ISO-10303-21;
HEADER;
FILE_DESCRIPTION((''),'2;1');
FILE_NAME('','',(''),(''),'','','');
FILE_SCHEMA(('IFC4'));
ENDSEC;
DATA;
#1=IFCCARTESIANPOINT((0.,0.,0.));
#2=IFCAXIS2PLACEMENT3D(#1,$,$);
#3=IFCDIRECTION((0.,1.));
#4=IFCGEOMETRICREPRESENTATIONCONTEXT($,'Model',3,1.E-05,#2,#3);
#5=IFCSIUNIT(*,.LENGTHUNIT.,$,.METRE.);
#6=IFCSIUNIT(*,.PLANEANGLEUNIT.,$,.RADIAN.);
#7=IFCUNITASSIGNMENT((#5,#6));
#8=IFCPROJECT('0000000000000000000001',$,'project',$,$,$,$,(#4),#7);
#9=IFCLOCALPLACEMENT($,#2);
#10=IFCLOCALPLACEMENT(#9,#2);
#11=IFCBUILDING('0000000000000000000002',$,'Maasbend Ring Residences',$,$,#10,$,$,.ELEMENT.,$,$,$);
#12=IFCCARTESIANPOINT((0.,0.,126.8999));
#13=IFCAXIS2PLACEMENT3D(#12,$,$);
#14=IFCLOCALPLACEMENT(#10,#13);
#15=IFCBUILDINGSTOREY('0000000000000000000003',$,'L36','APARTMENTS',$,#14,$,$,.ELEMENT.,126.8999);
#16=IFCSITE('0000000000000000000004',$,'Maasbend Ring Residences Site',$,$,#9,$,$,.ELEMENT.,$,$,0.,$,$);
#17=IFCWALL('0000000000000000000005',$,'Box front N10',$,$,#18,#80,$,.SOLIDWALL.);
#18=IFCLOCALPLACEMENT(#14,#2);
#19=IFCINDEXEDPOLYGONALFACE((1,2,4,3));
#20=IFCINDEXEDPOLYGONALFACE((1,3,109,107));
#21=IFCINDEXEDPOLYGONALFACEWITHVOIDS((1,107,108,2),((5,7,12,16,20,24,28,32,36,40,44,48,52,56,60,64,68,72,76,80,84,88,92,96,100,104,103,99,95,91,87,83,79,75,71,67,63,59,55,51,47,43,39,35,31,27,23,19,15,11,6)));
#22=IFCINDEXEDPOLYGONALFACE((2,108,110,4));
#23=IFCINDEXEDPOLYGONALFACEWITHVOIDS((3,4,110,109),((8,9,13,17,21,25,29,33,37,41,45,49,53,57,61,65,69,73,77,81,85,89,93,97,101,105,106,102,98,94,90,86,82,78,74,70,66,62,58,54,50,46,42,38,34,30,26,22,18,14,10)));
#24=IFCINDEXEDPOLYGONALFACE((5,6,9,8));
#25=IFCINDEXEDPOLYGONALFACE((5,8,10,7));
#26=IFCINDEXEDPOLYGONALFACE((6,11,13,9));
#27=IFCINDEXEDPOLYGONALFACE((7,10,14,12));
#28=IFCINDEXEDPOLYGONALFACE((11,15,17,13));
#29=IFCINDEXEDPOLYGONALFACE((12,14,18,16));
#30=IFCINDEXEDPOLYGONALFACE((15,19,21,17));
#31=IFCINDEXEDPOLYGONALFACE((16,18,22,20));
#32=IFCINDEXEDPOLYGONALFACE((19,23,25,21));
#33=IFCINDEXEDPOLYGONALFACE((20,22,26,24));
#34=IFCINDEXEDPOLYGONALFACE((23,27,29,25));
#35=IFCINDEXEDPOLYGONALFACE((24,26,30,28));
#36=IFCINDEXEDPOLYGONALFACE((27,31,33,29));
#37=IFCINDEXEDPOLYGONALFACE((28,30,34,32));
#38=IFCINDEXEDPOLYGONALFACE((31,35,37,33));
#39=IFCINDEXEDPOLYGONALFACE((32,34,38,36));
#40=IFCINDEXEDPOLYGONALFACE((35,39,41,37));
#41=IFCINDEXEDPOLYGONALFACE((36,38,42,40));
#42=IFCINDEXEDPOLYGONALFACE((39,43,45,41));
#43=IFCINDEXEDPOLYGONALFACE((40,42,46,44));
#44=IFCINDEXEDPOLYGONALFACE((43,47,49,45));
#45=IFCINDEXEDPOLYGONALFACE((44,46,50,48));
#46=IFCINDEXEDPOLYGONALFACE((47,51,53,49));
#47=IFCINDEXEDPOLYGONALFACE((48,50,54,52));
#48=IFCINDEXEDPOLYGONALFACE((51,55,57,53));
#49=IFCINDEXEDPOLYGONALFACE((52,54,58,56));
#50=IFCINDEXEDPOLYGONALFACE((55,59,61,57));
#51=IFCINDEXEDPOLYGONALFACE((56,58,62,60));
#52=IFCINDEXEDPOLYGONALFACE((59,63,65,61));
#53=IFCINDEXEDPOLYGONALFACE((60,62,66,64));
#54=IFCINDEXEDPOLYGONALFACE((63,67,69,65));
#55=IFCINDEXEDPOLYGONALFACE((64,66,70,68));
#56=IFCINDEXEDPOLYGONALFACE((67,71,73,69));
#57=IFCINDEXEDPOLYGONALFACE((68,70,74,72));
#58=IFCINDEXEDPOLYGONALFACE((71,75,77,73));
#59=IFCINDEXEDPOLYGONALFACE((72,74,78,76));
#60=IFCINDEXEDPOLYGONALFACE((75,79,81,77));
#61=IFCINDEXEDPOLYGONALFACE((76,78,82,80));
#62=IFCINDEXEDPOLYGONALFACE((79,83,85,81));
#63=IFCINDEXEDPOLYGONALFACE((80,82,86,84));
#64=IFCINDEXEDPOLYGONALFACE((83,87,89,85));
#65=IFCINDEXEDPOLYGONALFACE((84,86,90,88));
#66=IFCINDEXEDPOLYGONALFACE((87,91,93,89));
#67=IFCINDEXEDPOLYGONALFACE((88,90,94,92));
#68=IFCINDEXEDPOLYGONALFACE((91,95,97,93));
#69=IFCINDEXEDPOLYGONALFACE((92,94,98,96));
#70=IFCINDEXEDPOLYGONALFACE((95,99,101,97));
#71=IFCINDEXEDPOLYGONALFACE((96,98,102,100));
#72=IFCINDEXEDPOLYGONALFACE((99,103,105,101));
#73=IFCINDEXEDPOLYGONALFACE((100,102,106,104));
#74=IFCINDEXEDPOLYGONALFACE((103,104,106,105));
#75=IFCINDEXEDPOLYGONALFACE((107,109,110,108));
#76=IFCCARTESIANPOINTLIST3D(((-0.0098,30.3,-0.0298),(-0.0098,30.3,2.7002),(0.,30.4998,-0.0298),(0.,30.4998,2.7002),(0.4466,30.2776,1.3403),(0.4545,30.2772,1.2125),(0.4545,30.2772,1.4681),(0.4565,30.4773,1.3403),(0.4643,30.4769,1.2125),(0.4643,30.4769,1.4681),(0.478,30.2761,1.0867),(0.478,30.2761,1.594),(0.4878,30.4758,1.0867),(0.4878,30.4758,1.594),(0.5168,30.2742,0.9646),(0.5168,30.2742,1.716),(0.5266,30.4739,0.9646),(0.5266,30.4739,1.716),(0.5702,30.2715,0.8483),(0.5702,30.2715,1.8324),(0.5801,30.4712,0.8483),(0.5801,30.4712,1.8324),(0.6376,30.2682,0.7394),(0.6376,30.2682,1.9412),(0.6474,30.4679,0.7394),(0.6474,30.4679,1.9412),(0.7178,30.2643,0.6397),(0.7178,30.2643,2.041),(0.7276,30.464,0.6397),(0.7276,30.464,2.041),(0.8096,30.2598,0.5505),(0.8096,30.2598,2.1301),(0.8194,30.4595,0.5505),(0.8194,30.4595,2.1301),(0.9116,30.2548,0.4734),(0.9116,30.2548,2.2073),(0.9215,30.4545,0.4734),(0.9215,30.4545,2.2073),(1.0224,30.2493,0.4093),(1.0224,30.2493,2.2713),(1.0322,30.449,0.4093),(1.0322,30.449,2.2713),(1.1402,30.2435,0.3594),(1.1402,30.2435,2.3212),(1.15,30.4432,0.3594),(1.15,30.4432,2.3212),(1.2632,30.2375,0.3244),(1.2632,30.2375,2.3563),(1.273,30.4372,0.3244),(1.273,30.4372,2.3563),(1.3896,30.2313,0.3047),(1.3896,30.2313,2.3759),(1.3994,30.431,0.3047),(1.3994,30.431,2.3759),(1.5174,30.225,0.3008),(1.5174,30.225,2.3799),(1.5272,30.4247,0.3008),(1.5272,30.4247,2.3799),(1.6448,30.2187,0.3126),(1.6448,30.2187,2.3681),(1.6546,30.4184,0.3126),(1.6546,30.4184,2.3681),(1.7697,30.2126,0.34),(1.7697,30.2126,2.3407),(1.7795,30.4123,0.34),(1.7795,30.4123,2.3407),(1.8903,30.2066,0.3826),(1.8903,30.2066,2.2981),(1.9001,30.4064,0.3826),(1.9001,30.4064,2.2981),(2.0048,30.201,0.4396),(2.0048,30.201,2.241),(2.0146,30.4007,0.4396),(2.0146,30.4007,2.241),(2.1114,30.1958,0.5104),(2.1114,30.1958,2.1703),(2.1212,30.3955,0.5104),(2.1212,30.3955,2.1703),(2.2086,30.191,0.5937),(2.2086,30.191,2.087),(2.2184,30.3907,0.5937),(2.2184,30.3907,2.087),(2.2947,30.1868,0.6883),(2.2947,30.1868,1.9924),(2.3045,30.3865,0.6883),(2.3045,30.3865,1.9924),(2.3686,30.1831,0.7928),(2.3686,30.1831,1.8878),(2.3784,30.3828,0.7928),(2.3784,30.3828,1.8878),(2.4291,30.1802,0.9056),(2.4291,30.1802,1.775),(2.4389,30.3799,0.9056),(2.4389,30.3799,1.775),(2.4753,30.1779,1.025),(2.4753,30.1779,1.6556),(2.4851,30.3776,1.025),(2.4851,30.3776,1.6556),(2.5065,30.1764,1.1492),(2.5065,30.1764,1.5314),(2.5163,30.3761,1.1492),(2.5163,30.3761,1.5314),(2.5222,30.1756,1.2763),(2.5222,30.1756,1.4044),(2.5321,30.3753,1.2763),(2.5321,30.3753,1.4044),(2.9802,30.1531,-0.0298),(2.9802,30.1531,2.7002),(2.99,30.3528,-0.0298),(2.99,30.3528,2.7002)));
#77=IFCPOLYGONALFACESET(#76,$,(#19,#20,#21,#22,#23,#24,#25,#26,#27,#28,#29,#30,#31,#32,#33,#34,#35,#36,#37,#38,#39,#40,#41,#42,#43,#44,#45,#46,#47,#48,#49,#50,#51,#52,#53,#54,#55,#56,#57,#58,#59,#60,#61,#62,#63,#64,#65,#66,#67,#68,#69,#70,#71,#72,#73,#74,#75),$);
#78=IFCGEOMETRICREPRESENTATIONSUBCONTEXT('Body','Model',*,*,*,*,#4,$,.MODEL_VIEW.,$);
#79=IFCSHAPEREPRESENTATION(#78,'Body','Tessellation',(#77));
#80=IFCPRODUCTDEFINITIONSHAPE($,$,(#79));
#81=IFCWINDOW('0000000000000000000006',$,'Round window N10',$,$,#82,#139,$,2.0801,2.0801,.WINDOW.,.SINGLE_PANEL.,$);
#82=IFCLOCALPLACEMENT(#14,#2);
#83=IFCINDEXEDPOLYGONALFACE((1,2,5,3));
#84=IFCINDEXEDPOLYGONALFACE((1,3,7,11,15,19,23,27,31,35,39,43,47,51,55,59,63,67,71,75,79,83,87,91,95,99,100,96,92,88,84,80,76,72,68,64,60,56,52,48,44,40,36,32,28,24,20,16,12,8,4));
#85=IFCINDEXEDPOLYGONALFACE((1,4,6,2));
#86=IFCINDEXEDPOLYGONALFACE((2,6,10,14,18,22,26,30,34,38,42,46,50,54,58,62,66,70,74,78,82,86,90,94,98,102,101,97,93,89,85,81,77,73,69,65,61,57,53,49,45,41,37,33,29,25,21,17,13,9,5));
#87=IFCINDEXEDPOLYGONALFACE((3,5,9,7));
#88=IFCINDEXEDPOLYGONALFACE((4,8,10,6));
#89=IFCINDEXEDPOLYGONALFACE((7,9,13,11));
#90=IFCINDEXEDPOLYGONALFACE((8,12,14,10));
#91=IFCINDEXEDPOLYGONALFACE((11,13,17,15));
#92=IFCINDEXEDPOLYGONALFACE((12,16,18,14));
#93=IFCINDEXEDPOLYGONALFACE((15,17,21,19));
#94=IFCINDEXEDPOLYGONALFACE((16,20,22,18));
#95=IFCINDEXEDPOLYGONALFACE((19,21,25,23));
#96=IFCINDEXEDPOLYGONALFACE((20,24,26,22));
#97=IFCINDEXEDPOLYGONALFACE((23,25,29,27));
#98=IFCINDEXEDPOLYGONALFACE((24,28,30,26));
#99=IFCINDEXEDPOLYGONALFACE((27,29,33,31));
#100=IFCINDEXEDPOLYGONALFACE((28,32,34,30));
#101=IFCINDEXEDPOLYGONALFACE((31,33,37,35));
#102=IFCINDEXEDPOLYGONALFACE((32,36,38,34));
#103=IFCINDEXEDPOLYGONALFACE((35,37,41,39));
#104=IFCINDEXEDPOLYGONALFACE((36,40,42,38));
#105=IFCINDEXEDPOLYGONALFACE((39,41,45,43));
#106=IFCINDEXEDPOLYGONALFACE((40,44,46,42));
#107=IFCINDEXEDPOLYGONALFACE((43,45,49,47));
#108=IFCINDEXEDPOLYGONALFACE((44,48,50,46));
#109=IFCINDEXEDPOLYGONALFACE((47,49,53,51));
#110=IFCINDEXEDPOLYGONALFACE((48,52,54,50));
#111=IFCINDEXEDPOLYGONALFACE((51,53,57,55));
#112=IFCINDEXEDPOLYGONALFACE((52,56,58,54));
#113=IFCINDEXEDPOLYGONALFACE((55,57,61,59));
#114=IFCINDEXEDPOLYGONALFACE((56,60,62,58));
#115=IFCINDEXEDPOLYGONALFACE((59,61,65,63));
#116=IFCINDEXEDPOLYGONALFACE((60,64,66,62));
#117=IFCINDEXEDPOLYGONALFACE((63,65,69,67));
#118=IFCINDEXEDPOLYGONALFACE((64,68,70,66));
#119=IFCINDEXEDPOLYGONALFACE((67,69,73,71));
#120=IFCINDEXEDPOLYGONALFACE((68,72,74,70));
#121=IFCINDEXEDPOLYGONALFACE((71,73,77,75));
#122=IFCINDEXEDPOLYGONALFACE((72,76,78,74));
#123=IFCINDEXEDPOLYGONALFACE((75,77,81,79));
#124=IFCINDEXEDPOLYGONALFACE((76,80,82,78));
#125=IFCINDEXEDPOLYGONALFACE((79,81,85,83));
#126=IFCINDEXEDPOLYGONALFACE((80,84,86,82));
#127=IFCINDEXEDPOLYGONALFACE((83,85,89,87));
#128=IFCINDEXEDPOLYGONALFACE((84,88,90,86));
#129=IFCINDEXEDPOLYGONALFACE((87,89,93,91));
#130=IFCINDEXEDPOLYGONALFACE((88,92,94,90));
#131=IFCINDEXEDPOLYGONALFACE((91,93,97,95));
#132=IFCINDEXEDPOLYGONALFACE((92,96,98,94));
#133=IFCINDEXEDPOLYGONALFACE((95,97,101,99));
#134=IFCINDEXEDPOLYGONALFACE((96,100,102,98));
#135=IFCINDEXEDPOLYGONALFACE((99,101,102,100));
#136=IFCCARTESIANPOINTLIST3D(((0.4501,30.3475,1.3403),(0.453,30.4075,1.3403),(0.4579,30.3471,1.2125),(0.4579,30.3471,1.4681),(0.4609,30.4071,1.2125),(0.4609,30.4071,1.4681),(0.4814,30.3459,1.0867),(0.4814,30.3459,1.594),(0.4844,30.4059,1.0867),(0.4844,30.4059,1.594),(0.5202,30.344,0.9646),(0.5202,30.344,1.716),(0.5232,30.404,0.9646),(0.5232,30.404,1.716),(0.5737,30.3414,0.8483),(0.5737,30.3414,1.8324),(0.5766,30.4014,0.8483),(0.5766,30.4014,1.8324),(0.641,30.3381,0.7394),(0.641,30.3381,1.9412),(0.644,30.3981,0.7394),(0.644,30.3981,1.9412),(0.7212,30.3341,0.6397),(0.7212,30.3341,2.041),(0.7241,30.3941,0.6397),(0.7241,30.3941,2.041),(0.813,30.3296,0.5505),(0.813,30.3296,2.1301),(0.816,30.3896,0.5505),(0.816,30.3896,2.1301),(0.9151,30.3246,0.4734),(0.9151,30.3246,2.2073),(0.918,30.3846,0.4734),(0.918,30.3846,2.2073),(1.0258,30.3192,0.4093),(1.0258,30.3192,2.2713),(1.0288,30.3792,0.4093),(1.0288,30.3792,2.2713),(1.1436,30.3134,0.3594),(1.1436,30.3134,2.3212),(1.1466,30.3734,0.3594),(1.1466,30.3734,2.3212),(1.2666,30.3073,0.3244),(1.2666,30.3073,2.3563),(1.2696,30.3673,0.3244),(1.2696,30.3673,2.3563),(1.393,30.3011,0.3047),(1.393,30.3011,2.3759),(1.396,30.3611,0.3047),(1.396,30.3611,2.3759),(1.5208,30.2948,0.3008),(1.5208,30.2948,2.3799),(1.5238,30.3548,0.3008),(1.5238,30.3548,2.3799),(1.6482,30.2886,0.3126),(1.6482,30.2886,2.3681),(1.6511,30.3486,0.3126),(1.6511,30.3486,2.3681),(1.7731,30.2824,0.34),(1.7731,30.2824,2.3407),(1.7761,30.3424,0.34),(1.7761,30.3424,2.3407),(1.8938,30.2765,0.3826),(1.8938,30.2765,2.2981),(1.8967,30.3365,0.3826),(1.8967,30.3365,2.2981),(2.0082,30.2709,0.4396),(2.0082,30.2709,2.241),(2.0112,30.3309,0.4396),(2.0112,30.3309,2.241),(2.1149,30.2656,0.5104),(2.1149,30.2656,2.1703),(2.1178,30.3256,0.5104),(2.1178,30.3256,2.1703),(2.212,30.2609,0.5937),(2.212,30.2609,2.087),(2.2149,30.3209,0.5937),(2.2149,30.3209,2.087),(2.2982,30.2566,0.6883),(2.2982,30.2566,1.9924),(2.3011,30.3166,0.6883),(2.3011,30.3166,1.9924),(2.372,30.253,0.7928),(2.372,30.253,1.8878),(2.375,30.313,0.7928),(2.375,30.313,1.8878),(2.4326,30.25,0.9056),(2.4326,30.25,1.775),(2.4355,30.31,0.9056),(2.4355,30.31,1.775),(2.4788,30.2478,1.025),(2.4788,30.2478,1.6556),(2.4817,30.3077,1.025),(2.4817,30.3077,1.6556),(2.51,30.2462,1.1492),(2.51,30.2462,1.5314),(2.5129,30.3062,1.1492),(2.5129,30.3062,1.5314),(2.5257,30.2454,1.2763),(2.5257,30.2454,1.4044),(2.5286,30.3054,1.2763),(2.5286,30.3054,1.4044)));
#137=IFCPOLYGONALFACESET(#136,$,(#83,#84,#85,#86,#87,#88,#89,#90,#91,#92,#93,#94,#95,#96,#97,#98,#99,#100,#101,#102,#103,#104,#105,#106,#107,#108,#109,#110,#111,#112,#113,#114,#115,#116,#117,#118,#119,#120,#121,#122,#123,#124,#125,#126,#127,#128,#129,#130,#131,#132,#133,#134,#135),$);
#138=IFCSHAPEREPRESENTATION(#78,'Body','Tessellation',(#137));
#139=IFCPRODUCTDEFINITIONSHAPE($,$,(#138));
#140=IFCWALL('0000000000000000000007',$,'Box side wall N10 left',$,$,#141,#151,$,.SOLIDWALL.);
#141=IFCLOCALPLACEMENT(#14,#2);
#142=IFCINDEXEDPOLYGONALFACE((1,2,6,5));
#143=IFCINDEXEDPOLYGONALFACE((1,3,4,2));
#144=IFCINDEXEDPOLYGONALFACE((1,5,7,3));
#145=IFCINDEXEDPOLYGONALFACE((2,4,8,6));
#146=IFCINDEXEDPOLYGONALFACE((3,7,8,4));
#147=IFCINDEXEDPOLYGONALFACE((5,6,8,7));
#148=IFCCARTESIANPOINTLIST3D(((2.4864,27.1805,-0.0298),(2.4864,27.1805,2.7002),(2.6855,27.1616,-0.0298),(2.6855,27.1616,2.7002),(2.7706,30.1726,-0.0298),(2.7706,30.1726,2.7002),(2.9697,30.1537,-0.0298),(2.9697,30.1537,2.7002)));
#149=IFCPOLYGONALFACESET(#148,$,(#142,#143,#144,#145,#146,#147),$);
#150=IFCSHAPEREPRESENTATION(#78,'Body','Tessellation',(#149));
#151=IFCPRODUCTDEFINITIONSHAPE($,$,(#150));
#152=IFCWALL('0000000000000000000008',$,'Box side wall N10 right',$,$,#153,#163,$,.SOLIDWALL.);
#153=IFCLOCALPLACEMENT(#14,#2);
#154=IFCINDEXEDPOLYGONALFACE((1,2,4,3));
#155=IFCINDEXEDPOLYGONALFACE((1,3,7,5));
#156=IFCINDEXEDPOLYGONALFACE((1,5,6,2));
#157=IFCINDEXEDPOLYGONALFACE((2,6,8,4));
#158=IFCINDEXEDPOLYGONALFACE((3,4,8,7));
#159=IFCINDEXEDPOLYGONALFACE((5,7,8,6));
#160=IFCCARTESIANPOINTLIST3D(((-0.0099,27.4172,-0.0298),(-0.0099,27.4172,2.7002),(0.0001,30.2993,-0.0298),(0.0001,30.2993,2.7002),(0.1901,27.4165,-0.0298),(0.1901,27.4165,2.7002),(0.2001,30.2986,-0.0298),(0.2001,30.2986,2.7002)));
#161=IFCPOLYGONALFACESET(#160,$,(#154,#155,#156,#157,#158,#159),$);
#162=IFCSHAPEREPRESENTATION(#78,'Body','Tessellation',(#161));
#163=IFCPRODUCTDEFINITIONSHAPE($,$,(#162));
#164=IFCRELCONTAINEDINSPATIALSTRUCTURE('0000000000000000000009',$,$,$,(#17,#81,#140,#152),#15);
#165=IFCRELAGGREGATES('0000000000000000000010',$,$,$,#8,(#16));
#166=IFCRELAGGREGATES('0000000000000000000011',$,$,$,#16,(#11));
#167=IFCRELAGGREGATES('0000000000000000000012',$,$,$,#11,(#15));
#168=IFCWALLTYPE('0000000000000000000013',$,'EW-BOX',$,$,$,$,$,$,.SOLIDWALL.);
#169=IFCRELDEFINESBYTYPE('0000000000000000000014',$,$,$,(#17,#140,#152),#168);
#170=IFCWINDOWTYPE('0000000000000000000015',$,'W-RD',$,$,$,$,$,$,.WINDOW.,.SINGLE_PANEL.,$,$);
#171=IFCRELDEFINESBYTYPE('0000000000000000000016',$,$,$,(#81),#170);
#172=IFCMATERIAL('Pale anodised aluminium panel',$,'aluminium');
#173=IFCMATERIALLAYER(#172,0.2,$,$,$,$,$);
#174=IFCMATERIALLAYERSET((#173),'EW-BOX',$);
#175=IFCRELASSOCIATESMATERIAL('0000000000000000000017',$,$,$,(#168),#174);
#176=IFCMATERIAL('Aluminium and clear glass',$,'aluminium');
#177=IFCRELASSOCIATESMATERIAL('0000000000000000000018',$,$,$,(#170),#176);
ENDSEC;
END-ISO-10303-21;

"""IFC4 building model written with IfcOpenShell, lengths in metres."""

from ifc_helpers import new_model, si_unit, direction, frame, frame_2d, origin, place, context, subcontext, project, spatial, rectangle, circle, extrude, material, layer, layer_set, type_object, element, fill, save


model = new_model("IFC4")

# Units and contexts
model_context = context("Model", 3, precision=1e-05, world=origin(), true_north=direction((0.0, 1.0)))
body_context = subcontext(model_context, "Body", "Model", "MODEL_VIEW")
ifc_project = project(units=[si_unit("LENGTHUNIT", "METRE"), si_unit("PLANEANGLEUNIT", "RADIAN")], contexts=[model_context])

# Site, building, storey
site_placement = place(None, origin())
site = spatial("IfcSite", under=ifc_project, at=site_placement, Name="Maasbend Ring Residences Site", CompositionType="ELEMENT", RefElevation=0.0)
building_placement = place(site_placement, origin())
building = spatial("IfcBuilding", under=site, at=building_placement, Name="Maasbend Ring Residences", CompositionType="ELEMENT")
storey_placement = place(building_placement, frame((0.0, 0.0, 126.8999)))
storey = spatial("IfcBuildingStorey", under=building, at=storey_placement, Name="L36", Description="APARTMENTS", CompositionType="ELEMENT", Elevation=126.8999)

# Shared definitions
ifc_material_1 = material(Name="Pale anodised aluminium panel", Category="aluminium")
ifc_layer_1 = layer(ifc_material_1, 0.2)
ifc_layer_set_1 = layer_set([ifc_layer_1], Name="EW-BOX")
wall_type_1 = type_object("IfcWallType", Name="EW-BOX", PredefinedType="SOLIDWALL", material=ifc_layer_set_1)
ifc_material_2 = material(Name="Aluminium and clear glass", Category="aluminium")
window_type_1 = type_object("IfcWindowType", Name="W-RD", PartitioningType="SINGLE_PANEL", PredefinedType="WINDOW", material=ifc_material_2)

# Wall, opening, window
wall_1_placement = place(storey_placement, frame((2.9851, 30.2529, -0.0298), z_axis=(0.0, 0.0, 1.0), x_axis=(-0.998794, 0.049096, 0.0)))
wall_1 = element("IfcWall", 1, at=wall_1_placement, inside=storey, type_object=wall_type_1, Name="Box front N10", PredefinedType="SOLIDWALL", context=body_context, shape_type="SweptSolid", body=[
    extrude(rectangle(XDim=2.9937, YDim=0.2, at=frame_2d((1.4968, 0.0))), origin(), (0.0, 0.0, 1.0), 2.73),
])
opening_1_placement = place(wall_1_placement, frame((0.4565, 0.0, 0.3301)))
opening_1 = element("IfcOpeningElement", 2, at=opening_1_placement, cuts=wall_1, PredefinedType="OPENING", context=body_context, shape_type="SweptSolid", body=[
    extrude(circle(Radius=1.04, at=frame_2d((1.04, 1.04))), frame((0.0, 0.1099, 0.0), z_axis=(0.0, -1.0, 0.0), x_axis=(1.0, 0.0, 0.0)), (0.0, 0.0, 1.0), 0.22),
])
window_1_placement = place(opening_1_placement, origin())
window_1 = element("IfcWindow", 3, at=window_1_placement, inside=storey, type_object=window_type_1, Name="Round window N10", OverallHeight=2.0801, OverallWidth=2.0801, PartitioningType="SINGLE_PANEL", PredefinedType="WINDOW", context=body_context, shape_type="SweptSolid", body=[
    extrude(circle(Radius=1.04, at=frame_2d((1.04, 1.04))), frame((0.0, 0.03, 0.0), z_axis=(0.0, -1.0, 0.0), x_axis=(1.0, 0.0, 0.0)), (0.0, 0.0, 1.0), 0.0601),
])
fill(opening_1, window_1)

# Walls
wall_2_placement = place(storey_placement, frame((2.5859, 27.1709, -0.0298), z_axis=(0.0, 0.0, 1.0), x_axis=(0.094548, 0.99552, 0.0)))
element("IfcWall", 4, at=wall_2_placement, inside=storey, type_object=wall_type_1, Name="Box side wall N10 left", PredefinedType="SOLIDWALL", context=body_context, shape_type="SweptSolid", body=[
    extrude(rectangle(XDim=3.0056, YDim=0.2, at=frame_2d((1.5029, 0.0))), origin(), (0.0, 0.0, 1.0), 2.73),
])
wall_3_placement = place(storey_placement, frame((0.0901, 27.417, -0.0298), z_axis=(0.0, 0.0, 1.0), x_axis=(0.003473, 0.999994, 0.0)))
element("IfcWall", 5, at=wall_3_placement, inside=storey, type_object=wall_type_1, Name="Box side wall N10 right", PredefinedType="SOLIDWALL", context=body_context, shape_type="SweptSolid", body=[
    extrude(rectangle(XDim=2.8821, YDim=0.2, at=frame_2d((1.4409, 0.0))), origin(), (0.0, 0.0, 1.0), 2.73),
])

save(model, "model.ifc")
